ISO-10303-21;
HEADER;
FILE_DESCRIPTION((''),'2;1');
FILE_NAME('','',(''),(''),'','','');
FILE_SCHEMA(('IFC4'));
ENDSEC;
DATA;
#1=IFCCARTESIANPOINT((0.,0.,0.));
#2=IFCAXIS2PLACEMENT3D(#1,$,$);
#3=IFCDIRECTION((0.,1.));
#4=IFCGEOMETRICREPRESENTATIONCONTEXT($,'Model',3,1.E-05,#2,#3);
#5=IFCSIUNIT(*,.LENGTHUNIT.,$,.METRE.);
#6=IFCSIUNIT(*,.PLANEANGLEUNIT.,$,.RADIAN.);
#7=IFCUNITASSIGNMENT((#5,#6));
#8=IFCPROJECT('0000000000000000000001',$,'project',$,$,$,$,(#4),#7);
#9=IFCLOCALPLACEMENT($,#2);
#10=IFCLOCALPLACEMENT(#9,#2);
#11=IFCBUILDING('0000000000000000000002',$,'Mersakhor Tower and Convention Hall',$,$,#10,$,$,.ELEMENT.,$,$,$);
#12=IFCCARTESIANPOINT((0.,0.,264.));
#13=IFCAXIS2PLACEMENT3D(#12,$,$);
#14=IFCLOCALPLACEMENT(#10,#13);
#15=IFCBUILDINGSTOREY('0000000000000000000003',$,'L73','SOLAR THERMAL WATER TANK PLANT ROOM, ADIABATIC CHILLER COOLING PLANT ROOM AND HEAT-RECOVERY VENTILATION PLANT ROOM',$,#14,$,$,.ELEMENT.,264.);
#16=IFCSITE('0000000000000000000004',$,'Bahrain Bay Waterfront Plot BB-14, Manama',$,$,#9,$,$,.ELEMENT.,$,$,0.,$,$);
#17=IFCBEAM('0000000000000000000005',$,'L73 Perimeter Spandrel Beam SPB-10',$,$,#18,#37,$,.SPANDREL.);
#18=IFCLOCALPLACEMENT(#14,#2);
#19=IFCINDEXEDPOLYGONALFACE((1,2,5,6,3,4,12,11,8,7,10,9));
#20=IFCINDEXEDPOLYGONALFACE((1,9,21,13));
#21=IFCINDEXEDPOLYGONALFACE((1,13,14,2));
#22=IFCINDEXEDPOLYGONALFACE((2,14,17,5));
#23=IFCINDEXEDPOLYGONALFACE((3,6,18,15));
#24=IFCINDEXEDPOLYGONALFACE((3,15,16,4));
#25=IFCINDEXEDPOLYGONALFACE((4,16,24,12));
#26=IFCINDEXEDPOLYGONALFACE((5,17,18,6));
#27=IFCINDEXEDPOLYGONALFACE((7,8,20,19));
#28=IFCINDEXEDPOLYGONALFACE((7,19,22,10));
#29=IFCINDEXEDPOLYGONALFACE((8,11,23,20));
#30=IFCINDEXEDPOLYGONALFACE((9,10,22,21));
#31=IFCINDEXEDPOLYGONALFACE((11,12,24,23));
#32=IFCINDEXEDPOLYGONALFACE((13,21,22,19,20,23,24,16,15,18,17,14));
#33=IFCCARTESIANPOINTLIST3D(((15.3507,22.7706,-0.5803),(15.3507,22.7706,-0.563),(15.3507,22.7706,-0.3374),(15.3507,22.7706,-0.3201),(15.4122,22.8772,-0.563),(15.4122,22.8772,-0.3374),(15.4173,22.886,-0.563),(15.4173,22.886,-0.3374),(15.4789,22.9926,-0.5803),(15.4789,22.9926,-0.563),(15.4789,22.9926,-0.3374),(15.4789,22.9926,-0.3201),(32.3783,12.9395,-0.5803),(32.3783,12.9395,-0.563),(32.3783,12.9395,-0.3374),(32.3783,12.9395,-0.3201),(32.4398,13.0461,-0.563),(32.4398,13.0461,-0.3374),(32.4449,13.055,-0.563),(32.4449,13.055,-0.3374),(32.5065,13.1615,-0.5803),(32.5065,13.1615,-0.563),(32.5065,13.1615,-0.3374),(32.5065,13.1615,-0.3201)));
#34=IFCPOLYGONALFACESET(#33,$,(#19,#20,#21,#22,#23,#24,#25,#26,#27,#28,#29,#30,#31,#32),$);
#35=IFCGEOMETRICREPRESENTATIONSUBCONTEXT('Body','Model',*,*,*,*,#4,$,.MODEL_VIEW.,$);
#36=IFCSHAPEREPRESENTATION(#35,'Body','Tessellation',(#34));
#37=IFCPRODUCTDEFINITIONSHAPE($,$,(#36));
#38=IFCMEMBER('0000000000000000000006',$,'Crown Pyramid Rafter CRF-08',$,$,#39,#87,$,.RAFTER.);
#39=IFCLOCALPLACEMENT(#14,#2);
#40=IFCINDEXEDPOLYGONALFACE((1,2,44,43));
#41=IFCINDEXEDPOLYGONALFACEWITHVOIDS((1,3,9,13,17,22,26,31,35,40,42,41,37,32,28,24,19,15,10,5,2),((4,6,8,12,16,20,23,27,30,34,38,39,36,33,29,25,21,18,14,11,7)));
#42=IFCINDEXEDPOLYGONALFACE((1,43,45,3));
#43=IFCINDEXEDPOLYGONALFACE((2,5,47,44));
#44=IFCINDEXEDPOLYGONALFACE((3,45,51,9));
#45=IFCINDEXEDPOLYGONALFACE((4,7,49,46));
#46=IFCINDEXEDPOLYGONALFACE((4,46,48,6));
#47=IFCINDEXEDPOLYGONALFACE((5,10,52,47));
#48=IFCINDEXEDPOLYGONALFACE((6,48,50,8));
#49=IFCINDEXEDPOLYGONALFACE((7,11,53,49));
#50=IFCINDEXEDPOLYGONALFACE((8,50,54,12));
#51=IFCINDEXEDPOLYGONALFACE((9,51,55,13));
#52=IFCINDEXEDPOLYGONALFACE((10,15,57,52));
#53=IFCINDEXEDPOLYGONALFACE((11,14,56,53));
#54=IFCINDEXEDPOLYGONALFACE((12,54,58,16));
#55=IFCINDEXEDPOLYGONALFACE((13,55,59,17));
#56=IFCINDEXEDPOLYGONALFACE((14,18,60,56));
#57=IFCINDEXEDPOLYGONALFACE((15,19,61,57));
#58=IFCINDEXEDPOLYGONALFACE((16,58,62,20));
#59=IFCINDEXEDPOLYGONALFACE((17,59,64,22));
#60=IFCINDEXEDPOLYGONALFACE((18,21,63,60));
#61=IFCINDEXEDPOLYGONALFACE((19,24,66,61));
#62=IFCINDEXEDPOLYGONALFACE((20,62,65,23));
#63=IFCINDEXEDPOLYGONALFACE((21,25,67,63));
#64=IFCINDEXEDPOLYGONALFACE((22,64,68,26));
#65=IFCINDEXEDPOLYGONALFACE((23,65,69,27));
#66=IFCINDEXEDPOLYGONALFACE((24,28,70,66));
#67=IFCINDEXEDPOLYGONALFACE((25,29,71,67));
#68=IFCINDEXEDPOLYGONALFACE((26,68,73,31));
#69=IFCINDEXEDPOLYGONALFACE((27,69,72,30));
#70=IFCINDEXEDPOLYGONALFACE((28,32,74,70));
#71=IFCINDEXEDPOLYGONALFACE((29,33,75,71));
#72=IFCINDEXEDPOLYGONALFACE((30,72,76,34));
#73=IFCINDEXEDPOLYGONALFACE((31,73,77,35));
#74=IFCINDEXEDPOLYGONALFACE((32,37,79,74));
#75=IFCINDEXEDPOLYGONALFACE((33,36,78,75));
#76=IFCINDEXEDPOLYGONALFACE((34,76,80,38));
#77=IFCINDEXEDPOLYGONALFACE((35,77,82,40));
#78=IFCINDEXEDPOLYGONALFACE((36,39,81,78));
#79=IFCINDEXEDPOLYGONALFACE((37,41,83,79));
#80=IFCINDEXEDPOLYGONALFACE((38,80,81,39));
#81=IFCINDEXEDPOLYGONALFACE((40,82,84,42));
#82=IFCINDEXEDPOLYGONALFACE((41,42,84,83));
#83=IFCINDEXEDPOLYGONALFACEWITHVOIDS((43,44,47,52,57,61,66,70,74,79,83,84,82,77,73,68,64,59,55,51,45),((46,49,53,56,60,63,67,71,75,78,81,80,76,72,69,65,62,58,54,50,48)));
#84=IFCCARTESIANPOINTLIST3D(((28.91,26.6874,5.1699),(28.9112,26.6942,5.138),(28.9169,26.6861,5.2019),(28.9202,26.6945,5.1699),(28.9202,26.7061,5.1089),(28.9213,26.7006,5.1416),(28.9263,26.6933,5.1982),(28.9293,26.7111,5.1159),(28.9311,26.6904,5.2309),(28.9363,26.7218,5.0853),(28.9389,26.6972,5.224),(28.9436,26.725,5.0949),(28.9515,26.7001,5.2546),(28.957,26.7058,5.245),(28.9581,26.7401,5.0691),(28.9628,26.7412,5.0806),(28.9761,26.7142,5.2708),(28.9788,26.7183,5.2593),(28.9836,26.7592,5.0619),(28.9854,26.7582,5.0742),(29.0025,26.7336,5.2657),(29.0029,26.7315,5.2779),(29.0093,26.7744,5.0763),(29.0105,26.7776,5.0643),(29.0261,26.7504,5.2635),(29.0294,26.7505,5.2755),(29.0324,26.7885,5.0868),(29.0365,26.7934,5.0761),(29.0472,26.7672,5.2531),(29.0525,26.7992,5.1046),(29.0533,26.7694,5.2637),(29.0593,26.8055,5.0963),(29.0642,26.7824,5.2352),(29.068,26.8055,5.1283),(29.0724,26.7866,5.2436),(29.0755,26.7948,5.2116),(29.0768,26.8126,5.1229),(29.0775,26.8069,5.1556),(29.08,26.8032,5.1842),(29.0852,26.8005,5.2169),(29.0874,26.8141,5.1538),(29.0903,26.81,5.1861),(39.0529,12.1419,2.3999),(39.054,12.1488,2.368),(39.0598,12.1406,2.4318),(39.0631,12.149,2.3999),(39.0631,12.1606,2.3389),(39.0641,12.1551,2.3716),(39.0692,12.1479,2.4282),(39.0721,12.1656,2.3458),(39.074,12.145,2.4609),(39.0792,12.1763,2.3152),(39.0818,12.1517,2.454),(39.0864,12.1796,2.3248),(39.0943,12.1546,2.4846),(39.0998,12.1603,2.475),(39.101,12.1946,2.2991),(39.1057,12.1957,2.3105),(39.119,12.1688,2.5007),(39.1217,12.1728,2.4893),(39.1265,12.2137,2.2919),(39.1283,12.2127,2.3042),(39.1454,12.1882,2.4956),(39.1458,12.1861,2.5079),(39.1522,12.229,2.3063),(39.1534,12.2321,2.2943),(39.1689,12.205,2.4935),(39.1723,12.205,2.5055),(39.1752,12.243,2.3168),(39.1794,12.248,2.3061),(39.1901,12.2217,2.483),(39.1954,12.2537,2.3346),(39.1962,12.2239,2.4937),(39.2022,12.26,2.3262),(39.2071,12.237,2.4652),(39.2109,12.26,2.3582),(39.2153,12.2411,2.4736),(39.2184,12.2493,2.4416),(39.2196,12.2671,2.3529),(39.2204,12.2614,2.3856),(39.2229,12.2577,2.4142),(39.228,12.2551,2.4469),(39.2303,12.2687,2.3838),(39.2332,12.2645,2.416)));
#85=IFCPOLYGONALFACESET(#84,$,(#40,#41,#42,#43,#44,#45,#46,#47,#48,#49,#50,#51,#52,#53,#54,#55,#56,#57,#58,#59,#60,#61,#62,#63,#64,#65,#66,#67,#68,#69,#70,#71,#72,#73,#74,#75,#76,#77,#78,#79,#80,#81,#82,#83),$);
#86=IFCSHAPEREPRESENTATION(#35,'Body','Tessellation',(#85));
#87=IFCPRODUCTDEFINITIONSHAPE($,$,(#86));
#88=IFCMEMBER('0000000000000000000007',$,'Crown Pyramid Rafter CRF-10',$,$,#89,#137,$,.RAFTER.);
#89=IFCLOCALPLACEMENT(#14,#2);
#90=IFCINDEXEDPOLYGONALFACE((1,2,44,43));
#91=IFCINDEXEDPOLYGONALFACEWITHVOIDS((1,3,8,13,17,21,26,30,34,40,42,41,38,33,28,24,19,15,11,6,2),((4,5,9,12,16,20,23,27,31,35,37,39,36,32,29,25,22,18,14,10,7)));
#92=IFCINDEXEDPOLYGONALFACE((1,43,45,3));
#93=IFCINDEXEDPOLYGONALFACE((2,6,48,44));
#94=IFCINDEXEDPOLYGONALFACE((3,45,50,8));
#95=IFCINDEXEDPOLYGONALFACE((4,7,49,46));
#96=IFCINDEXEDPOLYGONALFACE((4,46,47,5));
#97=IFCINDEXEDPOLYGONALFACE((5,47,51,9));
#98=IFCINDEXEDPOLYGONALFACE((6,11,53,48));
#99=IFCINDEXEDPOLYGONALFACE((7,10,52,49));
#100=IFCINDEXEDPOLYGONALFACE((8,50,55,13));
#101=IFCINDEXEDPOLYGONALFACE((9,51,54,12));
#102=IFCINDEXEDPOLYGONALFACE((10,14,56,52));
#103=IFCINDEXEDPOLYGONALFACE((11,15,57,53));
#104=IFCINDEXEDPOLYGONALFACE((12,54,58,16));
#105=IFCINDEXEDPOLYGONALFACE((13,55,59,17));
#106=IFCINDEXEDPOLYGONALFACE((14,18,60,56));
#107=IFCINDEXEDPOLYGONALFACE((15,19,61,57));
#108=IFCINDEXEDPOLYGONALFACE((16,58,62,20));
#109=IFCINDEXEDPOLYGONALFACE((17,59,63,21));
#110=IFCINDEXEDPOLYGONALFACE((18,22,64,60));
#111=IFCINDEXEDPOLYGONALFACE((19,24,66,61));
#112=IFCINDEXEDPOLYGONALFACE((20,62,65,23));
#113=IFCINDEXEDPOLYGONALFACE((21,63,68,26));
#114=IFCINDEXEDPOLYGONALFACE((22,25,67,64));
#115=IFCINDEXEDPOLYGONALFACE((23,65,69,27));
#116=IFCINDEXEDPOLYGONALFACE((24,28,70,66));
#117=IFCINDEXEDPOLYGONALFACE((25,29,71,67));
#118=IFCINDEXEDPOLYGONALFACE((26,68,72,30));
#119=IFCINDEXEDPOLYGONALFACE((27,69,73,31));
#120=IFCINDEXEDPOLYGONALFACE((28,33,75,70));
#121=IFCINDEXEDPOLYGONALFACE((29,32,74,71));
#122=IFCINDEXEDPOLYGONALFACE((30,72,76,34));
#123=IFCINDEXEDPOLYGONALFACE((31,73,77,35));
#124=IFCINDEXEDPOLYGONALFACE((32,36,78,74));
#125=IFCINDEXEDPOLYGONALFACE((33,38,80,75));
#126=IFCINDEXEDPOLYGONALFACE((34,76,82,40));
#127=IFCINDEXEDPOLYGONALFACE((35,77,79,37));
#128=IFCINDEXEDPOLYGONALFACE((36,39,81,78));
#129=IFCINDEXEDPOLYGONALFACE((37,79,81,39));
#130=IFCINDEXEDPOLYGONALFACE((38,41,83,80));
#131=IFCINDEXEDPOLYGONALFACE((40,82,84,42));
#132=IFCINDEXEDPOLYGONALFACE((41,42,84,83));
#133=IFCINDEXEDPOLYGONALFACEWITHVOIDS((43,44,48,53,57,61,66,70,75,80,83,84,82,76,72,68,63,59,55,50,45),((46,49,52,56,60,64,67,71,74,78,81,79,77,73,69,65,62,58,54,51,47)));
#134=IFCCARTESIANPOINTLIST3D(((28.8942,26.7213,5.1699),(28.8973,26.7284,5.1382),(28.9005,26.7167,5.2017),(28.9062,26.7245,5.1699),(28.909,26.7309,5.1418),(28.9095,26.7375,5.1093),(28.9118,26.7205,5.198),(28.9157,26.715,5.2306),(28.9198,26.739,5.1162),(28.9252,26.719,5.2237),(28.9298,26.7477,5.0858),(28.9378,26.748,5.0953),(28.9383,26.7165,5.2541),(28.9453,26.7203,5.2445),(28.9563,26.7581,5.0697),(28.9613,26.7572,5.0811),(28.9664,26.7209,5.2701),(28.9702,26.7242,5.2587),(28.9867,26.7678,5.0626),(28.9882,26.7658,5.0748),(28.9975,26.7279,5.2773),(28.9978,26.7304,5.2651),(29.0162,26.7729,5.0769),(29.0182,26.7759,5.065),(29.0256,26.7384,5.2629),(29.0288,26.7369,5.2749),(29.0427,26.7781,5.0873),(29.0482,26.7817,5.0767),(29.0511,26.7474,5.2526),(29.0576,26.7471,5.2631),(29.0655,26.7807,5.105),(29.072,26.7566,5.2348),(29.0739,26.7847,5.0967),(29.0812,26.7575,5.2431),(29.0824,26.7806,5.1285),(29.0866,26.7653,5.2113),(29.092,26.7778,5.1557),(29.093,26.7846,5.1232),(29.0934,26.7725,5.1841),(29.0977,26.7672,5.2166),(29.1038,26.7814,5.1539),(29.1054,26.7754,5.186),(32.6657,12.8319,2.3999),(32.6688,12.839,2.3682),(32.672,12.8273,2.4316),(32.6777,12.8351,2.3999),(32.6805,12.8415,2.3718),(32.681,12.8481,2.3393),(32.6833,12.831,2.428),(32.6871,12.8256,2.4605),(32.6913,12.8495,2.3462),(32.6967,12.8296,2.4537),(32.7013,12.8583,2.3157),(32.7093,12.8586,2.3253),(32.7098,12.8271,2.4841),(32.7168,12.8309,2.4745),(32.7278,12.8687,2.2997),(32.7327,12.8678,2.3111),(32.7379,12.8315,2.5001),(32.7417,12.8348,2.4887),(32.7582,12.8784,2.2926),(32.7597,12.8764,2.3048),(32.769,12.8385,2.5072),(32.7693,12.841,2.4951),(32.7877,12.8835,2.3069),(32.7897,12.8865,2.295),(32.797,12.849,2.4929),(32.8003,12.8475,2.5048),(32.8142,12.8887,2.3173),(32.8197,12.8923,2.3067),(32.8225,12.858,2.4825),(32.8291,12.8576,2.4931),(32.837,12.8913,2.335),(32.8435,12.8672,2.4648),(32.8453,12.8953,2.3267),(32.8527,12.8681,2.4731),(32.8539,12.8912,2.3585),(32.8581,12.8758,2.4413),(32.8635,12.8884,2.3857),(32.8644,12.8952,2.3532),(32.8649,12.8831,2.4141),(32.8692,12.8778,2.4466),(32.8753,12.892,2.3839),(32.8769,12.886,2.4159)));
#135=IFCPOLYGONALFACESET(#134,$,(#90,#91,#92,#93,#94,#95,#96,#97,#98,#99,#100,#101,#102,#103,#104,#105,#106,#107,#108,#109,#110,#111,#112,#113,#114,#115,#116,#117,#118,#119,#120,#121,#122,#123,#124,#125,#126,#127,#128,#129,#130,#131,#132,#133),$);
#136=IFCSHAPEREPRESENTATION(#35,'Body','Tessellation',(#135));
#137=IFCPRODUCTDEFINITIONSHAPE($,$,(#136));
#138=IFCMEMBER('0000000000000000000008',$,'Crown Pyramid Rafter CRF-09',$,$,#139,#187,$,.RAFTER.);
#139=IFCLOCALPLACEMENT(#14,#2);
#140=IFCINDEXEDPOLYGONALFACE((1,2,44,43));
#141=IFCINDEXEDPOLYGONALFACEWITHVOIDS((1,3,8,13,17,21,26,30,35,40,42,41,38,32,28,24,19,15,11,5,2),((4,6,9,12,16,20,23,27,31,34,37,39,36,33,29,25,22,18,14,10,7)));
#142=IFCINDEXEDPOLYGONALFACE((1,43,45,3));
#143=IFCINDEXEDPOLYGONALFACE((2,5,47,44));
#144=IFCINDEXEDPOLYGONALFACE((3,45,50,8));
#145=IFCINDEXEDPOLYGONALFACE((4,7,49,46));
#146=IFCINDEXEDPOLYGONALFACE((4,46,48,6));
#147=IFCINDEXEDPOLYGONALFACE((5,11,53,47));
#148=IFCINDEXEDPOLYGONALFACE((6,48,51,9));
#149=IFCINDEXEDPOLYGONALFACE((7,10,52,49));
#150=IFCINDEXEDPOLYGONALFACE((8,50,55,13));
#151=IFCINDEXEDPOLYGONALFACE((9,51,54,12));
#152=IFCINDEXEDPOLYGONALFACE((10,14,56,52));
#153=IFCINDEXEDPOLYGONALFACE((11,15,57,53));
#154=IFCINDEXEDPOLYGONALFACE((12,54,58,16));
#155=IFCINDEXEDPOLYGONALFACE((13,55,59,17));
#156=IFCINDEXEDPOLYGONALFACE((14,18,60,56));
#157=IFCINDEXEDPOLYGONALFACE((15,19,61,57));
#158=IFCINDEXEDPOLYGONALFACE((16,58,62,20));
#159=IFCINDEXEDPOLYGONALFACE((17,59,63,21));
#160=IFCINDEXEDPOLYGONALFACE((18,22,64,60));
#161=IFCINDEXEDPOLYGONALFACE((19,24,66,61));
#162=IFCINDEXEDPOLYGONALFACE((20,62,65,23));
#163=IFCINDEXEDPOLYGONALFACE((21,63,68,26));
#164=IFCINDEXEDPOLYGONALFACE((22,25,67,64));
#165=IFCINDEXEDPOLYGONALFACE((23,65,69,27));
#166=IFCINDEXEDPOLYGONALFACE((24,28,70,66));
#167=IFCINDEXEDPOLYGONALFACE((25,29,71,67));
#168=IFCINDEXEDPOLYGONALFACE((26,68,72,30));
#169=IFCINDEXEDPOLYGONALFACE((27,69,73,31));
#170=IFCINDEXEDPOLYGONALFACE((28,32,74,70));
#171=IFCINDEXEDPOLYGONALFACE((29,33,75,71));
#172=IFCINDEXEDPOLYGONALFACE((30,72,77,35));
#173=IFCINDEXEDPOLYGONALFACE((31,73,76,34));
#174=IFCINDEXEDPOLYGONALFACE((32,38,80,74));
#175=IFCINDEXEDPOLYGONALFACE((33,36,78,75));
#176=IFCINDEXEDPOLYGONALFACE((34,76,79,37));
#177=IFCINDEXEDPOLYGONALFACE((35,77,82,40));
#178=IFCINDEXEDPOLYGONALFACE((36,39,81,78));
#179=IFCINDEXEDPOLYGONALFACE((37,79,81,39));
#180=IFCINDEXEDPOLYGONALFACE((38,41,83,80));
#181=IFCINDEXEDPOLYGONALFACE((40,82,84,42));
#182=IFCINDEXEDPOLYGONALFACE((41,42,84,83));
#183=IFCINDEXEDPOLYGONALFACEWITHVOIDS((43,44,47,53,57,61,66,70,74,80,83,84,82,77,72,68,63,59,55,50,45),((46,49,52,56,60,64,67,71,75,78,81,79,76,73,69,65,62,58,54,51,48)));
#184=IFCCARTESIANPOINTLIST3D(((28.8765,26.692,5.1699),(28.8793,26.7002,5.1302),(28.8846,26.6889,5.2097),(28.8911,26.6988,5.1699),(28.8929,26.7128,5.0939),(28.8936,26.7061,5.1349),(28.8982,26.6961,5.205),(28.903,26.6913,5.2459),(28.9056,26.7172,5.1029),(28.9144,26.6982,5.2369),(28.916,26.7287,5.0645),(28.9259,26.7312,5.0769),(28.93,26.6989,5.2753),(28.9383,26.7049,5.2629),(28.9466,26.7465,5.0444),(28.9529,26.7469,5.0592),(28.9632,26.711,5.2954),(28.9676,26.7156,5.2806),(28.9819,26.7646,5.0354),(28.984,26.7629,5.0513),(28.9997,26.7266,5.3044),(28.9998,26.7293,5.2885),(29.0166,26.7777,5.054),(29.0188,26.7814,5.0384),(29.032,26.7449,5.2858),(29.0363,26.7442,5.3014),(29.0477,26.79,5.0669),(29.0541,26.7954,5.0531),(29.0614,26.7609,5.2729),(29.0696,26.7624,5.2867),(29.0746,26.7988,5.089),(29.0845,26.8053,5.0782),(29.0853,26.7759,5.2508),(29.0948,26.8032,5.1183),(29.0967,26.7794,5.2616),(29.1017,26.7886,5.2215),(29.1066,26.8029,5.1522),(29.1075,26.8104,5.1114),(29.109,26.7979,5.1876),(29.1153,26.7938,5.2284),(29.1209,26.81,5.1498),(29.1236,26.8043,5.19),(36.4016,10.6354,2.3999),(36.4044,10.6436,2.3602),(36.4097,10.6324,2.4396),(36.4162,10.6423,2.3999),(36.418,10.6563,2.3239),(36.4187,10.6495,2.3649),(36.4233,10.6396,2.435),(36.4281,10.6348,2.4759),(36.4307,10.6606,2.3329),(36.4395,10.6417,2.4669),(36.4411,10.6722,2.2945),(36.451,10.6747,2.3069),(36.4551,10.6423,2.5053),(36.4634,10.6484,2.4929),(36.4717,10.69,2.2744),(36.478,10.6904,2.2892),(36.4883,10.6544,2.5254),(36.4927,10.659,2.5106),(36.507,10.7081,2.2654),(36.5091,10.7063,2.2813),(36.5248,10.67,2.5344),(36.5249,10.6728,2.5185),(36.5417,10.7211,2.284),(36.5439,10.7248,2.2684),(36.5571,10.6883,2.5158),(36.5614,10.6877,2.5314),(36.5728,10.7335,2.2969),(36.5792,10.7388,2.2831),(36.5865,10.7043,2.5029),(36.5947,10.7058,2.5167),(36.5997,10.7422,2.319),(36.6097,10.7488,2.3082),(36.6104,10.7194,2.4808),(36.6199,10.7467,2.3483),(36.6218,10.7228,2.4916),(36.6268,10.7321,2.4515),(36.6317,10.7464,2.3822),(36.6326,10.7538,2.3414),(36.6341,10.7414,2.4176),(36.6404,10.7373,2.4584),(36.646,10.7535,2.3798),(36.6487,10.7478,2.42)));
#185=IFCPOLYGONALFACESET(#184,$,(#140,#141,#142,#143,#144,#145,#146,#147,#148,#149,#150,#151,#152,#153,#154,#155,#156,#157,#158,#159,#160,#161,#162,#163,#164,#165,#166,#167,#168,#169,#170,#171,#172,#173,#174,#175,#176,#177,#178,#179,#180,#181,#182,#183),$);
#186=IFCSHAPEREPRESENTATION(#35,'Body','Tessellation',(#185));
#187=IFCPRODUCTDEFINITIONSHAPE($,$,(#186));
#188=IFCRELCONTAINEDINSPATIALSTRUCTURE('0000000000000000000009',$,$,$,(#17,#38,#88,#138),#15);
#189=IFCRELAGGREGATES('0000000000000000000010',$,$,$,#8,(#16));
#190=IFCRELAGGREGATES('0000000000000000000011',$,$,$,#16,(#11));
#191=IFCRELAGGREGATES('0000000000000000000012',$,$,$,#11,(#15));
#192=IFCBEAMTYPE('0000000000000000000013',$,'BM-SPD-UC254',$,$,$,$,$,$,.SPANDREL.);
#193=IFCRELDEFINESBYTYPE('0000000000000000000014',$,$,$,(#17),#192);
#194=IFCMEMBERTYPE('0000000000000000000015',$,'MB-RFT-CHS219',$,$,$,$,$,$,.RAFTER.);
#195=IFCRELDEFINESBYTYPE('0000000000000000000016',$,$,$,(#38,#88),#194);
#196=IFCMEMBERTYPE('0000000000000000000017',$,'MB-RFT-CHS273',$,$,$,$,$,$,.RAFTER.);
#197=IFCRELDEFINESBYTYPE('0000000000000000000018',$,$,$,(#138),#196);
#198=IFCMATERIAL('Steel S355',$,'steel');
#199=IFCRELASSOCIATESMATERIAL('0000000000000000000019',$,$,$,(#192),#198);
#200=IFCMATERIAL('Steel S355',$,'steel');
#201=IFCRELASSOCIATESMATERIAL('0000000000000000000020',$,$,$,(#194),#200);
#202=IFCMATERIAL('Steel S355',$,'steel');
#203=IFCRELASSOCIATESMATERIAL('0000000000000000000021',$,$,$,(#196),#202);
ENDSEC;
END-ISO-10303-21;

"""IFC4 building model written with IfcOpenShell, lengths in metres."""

from ifc_helpers import new_model, si_unit, direction, frame, origin, origin_2d, place, context, subcontext, project, spatial, hollow_circle, i_section, extrude, material, material_profile, profile_set, type_object, element, save


model = new_model("IFC4")

# Units and contexts
model_context = context("Model", 3, precision=1e-05, world=origin(), true_north=direction((0.0, 1.0)))
body_context = subcontext(model_context, "Body", "Model", "MODEL_VIEW")
ifc_project = project(units=[si_unit("LENGTHUNIT", "METRE"), si_unit("PLANEANGLEUNIT", "RADIAN")], contexts=[model_context])

# Site, building, storey
site_placement = place(None, origin())
site = spatial("IfcSite", under=ifc_project, at=site_placement, Name="Bahrain Bay Waterfront Plot BB-14, Manama", CompositionType="ELEMENT", RefElevation=0.0)
building_placement = place(site_placement, origin())
building = spatial("IfcBuilding", under=site, at=building_placement, Name="Mersakhor Tower and Convention Hall", CompositionType="ELEMENT")
storey_placement = place(building_placement, frame((0.0, 0.0, 264.0)))
storey = spatial("IfcBuildingStorey", under=building, at=storey_placement, Name="L73", Description="SOLAR THERMAL WATER TANK PLANT ROOM, ADIABATIC CHILLER COOLING PLANT ROOM AND HEAT-RECOVERY VENTILATION PLANT ROOM", CompositionType="ELEMENT", Elevation=264.0)

# Beam
ifc_material_1 = material(Name="Steel S355", Category="steel")
ifc_material_profile_1 = material_profile(ifc_material_1, i_section(OverallWidth=0.2563, OverallDepth=0.2603, WebThickness=0.0103, FlangeThickness=0.0173, at=origin_2d()), Name="UC 254x254x89")
ifc_profile_set_1 = profile_set([ifc_material_profile_1], Name="Steel S355")
beam_type_1 = type_object("IfcBeamType", Name="BM-SPD-UC254", PredefinedType="SPANDREL", material=ifc_profile_set_1)
beam_1_placement = place(storey_placement, frame((32.4424, 13.0505, -0.4502), z_axis=(-0.866022, 0.500007, 0.0), x_axis=(-0.500007, -0.866022, 0.0)))
element("IfcBeam", 1, at=beam_1_placement, inside=storey, type_object=beam_type_1, Name="L73 Perimeter Spandrel Beam SPB-10", PredefinedType="SPANDREL", context=body_context, shape_type="SweptSolid", body=[
    extrude(i_section(OverallWidth=0.2563, OverallDepth=0.2603, WebThickness=0.0103, FlangeThickness=0.0173, at=origin_2d()), origin(), (0.0, 0.0, 1.0), 19.6619),
])

# Members
ifc_material_2 = material(Name="Steel S355", Category="steel")
ifc_material_profile_2 = material_profile(ifc_material_2, hollow_circle(Radius=0.1096, WallThickness=0.0125, at=origin_2d()), Name="CHS 219.1x12.5")
ifc_profile_set_2 = profile_set([ifc_material_profile_2], Name="Steel S355")
member_type_1 = type_object("IfcMemberType", Name="MB-RFT-CHS219", PredefinedType="RAFTER", material=ifc_profile_set_2)
member_1_placement = place(storey_placement, frame((39.1428, 12.2046, 2.3999), z_axis=(-0.565133, 0.810435, 0.154339), x_axis=(-0.820263, -0.571987, 0.0)))
element("IfcMember", 2, at=member_1_placement, inside=storey, type_object=member_type_1, Name="Crown Pyramid Rafter CRF-08", PredefinedType="RAFTER", context=body_context, shape_type="SweptSolid", body=[
    extrude(hollow_circle(Radius=0.1096, WallThickness=0.0125, at=origin_2d()), origin(), (0.0, 0.0, 1.0), 17.9478),
])
member_2_placement = place(storey_placement, frame((32.7715, 12.8606, 2.3999), z_axis=(-0.257325, 0.947662, 0.188996), x_axis=(-0.965055, -0.262048, 0.0)))
element("IfcMember", 3, at=member_2_placement, inside=storey, type_object=member_type_1, Name="Crown Pyramid Rafter CRF-10", PredefinedType="RAFTER", context=body_context, shape_type="SweptSolid", body=[
    extrude(hollow_circle(Radius=0.1096, WallThickness=0.0125, at=origin_2d()), origin(), (0.0, 0.0, 1.0), 14.6565),
])
ifc_material_3 = material(Name="Steel S355", Category="steel")
ifc_material_profile_3 = material_profile(ifc_material_3, hollow_circle(Radius=0.1365, WallThickness=0.0161, at=origin_2d()), Name="CHS 273x16")
ifc_profile_set_3 = profile_set([ifc_material_profile_3], Name="Steel S355")
member_type_2 = type_object("IfcMemberType", Name="MB-RFT-CHS273", PredefinedType="RAFTER", material=ifc_profile_set_3)
member_3_placement = place(storey_placement, frame((36.5251, 10.6934, 2.3999), z_axis=(-0.419284, 0.89464, 0.154339), x_axis=(-0.905489, -0.424369, 0.0)))
element("IfcMember", 4, at=member_3_placement, inside=storey, type_object=member_type_2, Name="Crown Pyramid Rafter CRF-09", PredefinedType="RAFTER", context=body_context, shape_type="SweptSolid", body=[
    extrude(hollow_circle(Radius=0.1365, WallThickness=0.0161, at=origin_2d()), origin(), (0.0, 0.0, 1.0), 17.9475),
])

save(model, "model.ifc")
